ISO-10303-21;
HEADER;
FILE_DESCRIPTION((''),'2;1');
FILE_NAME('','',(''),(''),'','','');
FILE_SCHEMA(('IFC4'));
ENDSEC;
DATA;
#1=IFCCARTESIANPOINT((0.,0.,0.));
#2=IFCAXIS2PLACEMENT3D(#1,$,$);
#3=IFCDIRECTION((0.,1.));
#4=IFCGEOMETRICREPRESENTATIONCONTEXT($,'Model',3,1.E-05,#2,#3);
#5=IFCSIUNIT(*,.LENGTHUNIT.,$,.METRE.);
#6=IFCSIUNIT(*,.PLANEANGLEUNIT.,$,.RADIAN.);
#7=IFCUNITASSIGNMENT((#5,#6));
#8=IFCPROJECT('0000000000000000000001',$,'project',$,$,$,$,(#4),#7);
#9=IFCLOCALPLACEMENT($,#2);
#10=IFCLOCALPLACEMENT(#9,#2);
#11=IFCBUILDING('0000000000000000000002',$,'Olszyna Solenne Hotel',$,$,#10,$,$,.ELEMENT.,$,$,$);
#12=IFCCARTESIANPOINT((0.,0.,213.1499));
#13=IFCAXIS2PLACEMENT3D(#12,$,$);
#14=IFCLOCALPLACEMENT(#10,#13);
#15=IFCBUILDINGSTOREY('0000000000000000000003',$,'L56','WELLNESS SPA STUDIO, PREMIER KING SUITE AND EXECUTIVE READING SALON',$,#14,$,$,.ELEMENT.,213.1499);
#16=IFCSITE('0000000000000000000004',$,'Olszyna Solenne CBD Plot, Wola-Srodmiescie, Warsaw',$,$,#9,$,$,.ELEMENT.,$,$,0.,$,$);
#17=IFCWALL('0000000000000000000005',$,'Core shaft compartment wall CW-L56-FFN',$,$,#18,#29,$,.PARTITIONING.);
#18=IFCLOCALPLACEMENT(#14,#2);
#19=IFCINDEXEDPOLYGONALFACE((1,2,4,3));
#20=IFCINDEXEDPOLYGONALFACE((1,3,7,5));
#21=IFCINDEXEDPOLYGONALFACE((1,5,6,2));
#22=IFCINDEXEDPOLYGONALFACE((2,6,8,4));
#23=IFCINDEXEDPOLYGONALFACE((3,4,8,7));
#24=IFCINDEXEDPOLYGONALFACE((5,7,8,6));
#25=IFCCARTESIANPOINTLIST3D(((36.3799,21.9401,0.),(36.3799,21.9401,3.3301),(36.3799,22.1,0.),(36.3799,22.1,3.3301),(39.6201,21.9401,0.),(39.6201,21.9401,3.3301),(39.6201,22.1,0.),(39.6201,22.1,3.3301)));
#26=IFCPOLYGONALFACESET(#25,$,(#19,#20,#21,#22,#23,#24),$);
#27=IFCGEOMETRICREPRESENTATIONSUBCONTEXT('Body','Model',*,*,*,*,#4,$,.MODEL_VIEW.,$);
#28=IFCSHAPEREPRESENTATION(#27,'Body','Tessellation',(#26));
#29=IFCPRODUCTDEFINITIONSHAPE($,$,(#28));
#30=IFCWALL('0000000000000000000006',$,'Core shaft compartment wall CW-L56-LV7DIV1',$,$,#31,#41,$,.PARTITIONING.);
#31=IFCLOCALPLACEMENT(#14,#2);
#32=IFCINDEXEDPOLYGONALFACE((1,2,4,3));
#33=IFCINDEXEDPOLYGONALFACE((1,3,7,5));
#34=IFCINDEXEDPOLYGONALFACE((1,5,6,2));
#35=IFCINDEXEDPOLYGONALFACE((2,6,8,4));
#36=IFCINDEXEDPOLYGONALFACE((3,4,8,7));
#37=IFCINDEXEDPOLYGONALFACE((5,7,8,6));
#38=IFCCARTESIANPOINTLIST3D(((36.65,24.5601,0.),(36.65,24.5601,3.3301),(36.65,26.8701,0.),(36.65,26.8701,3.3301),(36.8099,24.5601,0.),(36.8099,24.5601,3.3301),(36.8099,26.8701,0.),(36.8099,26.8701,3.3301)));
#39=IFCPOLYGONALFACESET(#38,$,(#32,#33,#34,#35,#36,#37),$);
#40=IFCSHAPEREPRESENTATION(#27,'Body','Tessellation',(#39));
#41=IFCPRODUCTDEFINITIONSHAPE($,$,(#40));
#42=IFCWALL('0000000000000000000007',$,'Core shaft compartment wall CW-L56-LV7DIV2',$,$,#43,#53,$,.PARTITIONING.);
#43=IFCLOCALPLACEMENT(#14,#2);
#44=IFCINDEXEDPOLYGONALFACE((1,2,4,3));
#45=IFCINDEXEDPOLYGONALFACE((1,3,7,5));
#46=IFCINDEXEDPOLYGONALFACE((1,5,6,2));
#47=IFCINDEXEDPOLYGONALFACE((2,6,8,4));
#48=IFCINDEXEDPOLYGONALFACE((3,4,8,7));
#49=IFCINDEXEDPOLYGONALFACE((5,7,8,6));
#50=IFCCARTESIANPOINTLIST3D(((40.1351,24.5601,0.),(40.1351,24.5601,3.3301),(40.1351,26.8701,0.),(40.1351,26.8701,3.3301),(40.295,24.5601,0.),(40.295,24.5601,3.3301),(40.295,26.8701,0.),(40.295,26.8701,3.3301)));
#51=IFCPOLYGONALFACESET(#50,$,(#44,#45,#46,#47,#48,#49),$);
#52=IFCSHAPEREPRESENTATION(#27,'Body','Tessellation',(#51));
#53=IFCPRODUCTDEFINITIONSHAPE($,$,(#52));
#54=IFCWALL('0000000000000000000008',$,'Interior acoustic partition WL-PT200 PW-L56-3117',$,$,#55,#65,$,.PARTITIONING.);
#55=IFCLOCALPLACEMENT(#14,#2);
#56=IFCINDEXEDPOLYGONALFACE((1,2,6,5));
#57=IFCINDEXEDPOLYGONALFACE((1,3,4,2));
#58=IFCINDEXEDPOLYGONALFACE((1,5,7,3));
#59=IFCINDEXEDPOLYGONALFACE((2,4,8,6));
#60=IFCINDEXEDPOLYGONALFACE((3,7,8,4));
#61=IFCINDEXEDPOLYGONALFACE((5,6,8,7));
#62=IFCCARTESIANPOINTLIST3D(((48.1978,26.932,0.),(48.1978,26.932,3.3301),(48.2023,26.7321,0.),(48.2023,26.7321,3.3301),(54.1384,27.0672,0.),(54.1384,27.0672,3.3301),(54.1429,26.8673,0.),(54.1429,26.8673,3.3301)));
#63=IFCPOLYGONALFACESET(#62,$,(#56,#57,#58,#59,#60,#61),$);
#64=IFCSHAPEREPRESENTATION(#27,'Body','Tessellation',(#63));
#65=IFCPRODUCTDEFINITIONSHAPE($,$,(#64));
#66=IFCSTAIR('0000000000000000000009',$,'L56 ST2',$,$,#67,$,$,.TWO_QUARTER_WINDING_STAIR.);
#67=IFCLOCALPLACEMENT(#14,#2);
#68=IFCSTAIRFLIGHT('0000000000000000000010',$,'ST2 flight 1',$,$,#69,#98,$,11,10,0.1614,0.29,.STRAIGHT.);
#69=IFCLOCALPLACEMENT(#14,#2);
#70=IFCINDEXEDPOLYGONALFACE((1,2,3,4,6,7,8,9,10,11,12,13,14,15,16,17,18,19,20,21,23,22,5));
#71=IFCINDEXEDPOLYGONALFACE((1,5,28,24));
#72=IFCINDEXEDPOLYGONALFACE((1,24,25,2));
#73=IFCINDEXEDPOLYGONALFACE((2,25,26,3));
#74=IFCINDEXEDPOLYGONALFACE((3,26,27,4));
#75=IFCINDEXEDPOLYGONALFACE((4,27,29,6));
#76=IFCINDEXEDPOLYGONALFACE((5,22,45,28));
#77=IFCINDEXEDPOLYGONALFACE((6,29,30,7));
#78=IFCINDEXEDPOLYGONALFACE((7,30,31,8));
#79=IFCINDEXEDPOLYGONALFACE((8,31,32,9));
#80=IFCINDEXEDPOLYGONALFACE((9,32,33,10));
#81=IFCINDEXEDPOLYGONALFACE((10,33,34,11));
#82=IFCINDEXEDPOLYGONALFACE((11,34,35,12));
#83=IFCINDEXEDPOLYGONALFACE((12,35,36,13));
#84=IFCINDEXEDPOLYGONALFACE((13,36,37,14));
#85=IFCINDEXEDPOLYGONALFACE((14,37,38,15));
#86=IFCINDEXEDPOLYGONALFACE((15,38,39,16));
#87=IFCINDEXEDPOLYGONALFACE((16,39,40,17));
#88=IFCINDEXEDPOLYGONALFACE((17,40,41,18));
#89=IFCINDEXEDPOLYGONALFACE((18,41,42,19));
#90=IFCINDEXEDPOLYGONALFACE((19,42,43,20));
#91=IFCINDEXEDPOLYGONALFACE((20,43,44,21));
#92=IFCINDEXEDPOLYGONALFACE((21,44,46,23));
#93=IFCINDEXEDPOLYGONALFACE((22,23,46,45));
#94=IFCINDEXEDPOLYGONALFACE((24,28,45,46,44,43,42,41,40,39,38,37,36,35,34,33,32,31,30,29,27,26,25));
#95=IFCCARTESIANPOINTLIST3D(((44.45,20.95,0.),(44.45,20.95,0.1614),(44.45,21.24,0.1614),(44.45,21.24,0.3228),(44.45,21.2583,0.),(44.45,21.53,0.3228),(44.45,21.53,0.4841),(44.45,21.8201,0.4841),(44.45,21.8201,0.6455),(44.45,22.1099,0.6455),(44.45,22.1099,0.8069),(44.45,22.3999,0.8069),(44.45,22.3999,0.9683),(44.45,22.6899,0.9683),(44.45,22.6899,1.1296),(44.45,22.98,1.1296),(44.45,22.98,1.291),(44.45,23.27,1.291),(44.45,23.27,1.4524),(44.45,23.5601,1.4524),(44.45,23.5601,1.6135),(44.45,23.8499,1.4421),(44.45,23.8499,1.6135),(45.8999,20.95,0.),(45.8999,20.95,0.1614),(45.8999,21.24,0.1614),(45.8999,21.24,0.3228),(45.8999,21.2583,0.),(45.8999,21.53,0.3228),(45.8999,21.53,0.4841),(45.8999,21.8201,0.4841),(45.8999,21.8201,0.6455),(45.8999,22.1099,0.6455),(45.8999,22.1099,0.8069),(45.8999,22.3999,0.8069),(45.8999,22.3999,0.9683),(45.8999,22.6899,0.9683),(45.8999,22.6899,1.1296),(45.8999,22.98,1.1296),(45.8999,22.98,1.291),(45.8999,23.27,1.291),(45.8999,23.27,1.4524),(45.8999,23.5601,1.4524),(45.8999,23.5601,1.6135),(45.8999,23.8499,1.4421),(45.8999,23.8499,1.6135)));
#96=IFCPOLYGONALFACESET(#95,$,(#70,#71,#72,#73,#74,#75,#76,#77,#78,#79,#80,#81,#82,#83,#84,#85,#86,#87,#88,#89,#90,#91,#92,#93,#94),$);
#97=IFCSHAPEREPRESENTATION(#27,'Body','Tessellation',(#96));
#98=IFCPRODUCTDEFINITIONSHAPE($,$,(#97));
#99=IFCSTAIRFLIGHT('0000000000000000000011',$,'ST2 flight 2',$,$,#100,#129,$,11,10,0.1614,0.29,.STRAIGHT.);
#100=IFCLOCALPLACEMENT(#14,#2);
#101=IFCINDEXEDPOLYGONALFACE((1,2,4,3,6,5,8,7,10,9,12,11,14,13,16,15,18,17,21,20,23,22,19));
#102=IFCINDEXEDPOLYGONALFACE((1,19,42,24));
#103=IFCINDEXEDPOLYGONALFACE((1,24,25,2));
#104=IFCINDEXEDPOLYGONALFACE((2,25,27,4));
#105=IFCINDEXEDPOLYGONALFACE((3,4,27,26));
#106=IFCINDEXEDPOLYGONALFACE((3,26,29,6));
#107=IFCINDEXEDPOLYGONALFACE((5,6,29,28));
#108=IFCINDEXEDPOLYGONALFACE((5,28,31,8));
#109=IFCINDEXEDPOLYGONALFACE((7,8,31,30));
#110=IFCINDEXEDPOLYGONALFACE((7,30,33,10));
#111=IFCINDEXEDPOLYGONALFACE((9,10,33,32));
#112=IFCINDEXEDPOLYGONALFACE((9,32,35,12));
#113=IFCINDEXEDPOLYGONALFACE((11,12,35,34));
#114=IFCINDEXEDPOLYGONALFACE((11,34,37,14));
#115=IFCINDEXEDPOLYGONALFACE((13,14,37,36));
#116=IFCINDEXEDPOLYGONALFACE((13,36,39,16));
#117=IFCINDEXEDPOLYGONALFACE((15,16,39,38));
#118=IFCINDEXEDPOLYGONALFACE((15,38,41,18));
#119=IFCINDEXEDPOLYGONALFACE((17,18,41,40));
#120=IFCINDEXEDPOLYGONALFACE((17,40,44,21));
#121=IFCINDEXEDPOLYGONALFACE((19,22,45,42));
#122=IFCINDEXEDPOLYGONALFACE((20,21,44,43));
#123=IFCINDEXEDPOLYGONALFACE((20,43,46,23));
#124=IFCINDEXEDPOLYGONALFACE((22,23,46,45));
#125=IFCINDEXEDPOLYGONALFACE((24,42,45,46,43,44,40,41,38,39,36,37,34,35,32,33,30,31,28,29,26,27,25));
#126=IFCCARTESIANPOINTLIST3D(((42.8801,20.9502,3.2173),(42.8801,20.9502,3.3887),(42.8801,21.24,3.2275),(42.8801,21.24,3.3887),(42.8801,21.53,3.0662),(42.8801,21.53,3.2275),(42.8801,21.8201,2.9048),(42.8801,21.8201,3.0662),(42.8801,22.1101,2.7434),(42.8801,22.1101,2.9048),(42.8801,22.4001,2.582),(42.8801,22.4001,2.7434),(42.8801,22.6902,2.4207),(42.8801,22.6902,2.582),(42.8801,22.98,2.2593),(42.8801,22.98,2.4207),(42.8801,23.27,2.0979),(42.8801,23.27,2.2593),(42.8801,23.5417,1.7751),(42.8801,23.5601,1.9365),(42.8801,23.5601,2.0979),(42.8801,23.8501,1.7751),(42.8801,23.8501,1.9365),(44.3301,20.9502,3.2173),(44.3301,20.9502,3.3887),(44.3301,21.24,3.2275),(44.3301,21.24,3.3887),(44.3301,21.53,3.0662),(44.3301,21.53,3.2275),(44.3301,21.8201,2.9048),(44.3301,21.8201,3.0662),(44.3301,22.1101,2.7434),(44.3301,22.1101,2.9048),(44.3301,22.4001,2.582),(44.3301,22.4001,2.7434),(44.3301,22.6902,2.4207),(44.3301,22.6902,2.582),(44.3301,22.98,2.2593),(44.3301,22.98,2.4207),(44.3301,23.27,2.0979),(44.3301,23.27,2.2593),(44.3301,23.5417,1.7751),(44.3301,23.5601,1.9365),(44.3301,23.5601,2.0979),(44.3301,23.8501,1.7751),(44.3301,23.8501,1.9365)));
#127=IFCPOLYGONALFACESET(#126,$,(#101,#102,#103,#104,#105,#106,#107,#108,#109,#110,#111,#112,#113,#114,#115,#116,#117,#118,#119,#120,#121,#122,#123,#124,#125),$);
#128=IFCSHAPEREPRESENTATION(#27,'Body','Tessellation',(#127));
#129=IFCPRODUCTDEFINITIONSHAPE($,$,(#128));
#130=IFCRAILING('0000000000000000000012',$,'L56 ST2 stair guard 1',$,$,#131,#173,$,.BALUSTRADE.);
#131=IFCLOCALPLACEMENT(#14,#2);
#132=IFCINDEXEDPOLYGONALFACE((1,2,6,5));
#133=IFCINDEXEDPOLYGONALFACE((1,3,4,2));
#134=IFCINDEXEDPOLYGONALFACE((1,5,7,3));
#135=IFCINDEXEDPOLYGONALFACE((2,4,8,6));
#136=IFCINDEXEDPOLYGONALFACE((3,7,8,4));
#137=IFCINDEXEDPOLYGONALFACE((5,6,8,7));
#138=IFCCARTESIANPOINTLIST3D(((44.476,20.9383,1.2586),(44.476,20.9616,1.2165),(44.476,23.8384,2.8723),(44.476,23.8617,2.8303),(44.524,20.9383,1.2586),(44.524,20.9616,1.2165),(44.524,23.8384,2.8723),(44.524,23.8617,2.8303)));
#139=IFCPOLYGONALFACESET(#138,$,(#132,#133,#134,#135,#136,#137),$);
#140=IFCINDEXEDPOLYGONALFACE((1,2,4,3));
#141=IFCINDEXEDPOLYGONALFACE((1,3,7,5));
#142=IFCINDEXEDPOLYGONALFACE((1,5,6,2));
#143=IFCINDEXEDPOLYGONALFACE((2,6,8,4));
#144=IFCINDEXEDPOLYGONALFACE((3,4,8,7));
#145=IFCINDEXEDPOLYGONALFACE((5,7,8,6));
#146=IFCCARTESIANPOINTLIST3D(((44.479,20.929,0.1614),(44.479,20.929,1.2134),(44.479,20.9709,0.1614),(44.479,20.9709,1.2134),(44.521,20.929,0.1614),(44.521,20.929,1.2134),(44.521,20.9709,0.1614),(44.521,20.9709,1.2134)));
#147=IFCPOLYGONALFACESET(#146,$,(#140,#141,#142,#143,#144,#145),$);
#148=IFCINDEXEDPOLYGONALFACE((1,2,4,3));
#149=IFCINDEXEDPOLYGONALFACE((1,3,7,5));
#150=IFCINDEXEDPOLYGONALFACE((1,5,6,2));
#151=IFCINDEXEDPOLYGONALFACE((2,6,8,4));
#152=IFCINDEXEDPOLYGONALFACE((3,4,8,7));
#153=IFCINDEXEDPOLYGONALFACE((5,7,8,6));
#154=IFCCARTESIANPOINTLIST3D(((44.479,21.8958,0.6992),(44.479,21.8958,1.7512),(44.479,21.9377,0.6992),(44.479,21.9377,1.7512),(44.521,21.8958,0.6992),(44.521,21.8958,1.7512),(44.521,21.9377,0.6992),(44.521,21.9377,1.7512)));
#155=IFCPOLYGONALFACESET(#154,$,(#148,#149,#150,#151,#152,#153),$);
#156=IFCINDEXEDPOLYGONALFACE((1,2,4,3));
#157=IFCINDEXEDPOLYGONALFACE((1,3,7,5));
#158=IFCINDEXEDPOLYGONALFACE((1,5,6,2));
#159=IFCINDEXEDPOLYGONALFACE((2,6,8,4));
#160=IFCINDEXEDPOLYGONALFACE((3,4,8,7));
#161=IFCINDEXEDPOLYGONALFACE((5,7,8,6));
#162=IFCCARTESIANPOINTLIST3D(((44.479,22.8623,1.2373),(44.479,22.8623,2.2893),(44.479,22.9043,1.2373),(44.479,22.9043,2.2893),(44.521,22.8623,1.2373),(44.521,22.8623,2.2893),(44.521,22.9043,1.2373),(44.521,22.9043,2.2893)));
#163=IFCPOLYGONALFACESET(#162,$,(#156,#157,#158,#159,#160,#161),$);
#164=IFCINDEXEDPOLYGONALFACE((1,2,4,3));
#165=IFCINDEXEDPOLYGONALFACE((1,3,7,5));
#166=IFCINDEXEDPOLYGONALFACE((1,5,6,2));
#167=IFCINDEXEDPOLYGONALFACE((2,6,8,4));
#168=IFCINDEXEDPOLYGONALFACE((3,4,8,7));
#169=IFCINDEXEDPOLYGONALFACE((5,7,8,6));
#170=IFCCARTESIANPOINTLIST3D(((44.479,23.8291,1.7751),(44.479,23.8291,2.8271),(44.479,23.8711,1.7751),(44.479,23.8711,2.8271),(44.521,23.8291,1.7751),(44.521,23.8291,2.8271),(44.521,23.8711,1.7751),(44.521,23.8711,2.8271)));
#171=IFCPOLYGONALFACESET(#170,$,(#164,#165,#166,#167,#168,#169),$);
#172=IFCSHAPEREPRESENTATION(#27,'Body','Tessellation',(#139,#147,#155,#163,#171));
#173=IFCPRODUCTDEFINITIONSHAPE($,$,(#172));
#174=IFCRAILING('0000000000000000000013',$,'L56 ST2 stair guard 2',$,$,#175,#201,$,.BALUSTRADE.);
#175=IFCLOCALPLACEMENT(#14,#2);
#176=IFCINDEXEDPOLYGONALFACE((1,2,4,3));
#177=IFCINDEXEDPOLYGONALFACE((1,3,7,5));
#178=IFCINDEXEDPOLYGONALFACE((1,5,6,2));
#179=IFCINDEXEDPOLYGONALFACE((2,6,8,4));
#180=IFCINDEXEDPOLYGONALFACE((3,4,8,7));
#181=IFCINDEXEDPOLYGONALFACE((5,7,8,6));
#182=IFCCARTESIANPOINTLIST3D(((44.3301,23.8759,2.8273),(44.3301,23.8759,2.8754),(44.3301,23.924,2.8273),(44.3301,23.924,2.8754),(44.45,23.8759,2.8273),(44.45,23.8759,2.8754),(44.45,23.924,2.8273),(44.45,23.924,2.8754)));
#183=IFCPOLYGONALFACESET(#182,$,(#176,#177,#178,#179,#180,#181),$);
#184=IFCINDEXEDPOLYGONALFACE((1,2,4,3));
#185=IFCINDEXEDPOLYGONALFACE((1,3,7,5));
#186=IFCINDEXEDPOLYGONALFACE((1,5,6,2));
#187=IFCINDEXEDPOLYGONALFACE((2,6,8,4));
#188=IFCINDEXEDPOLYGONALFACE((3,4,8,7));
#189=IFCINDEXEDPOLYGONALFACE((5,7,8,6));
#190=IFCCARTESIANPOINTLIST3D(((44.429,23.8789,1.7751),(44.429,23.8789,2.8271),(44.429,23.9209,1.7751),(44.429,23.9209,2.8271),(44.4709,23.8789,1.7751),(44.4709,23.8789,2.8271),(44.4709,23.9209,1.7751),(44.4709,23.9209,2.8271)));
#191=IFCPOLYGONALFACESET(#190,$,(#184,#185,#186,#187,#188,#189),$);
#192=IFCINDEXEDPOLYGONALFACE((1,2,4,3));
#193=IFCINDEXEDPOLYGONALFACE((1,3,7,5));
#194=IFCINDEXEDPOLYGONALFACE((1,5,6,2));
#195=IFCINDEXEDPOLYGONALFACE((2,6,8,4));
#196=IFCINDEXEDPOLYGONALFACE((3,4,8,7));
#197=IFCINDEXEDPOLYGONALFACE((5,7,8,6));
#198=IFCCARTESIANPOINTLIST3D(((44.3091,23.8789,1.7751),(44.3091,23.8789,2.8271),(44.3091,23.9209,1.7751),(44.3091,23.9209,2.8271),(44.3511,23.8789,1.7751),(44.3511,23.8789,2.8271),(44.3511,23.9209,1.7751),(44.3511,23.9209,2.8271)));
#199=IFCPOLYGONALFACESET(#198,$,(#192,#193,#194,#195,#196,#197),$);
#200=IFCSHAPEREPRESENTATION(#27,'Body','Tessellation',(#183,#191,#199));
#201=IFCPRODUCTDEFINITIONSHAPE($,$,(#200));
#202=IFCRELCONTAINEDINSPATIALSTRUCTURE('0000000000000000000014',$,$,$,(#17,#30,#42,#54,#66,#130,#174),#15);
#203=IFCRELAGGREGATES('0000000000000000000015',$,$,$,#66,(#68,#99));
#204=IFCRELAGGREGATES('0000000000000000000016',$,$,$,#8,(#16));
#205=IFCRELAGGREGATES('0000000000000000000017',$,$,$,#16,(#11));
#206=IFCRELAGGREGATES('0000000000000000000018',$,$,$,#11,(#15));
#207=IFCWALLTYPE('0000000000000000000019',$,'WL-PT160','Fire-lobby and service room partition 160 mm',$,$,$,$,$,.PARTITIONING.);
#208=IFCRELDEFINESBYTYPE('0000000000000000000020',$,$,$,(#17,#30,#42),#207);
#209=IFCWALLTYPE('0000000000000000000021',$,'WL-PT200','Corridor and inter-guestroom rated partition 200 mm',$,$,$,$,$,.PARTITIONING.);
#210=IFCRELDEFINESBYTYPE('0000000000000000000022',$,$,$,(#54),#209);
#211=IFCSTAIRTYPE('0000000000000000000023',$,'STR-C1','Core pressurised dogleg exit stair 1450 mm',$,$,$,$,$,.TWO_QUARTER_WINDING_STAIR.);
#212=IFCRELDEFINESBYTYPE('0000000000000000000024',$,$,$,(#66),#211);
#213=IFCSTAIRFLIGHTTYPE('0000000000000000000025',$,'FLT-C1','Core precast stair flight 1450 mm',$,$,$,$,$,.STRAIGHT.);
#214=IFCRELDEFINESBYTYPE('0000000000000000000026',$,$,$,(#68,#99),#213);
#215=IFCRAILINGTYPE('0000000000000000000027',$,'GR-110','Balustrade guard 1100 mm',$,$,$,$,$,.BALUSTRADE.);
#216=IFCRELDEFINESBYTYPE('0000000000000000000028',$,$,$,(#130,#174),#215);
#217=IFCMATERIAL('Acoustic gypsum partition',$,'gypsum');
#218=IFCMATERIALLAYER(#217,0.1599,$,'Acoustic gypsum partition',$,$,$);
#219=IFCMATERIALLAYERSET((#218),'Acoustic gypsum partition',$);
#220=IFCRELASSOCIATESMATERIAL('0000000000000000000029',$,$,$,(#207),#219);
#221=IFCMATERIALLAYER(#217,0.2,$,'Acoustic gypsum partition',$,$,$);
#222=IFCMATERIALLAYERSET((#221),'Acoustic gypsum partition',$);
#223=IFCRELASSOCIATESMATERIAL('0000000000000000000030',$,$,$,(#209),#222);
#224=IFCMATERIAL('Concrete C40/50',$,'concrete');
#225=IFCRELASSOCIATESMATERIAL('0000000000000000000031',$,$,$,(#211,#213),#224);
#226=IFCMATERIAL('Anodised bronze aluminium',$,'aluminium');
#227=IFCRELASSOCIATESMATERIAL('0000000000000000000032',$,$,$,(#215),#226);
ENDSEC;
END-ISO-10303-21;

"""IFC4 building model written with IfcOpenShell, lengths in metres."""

from ifc_helpers import new_model, si_unit, direction, frame, frame_2d, origin, origin_2d, place, context, subcontext, project, spatial, polyline, rectangle, outline, extrude, material, layer, layer_set, type_object, element, aggregate, save


model = new_model("IFC4")

# Units and contexts
model_context = context("Model", 3, precision=1e-05, world=origin(), true_north=direction((0.0, 1.0)))
body_context = subcontext(model_context, "Body", "Model", "MODEL_VIEW")
ifc_project = project(units=[si_unit("LENGTHUNIT", "METRE"), si_unit("PLANEANGLEUNIT", "RADIAN")], contexts=[model_context])

# Site, building, storey
site_placement = place(None, origin())
site = spatial("IfcSite", under=ifc_project, at=site_placement, Name="Olszyna Solenne CBD Plot, Wola-Srodmiescie, Warsaw", CompositionType="ELEMENT", RefElevation=0.0)
building_placement = place(site_placement, origin())
building = spatial("IfcBuilding", under=site, at=building_placement, Name="Olszyna Solenne Hotel", CompositionType="ELEMENT")
storey_placement = place(building_placement, frame((0.0, 0.0, 213.1499)))
storey = spatial("IfcBuildingStorey", under=building, at=storey_placement, Name="L56", Description="WELLNESS SPA STUDIO, PREMIER KING SUITE AND EXECUTIVE READING SALON", CompositionType="ELEMENT", Elevation=213.1499)

# Shared definitions
ifc_material_1 = material(Name="Anodised bronze aluminium", Category="aluminium")

# Shared definitions
ifc_material_2 = material(Name="Acoustic gypsum partition", Category="gypsum")

# Shared definitions
ifc_layer_1 = layer(ifc_material_2, 0.1599, Name="Acoustic gypsum partition")
ifc_layer_set_1 = layer_set([ifc_layer_1], Name="Acoustic gypsum partition")
wall_type_1 = type_object("IfcWallType", Name="WL-PT160", Description="Fire-lobby and service room partition 160 mm", PredefinedType="PARTITIONING", material=ifc_layer_set_1)

# Walls
wall_1_placement = place(storey_placement, frame((36.3799, 22.02, 0.0), z_axis=(0.0, 0.0, 1.0), x_axis=(1.0, 0.0, 0.0)))
element("IfcWall", 1, at=wall_1_placement, inside=storey, type_object=wall_type_1, Name="Core shaft compartment wall CW-L56-FFN", PredefinedType="PARTITIONING", context=body_context, shape_type="SweptSolid", body=[
    extrude(rectangle(XDim=3.2402, YDim=0.1599, at=frame_2d((1.6201, 0.0))), origin(), (0.0, 0.0, 1.0), 3.3301),
])
for number, where, z_axis, x_axis, name in (
    (2, (36.73, 24.5601, 0.0), (0.0, 0.0, 1.0), (0.0, 1.0, 0.0), "Core shaft compartment wall CW-L56-LV7DIV1"),
    (3, (40.2151, 24.5601, 0.0), (0.0, 0.0, 1.0), (0.0, 1.0, 0.0), "Core shaft compartment wall CW-L56-LV7DIV2"),
):
    element("IfcWall", number, at=place(storey_placement, frame(where, z_axis=z_axis, x_axis=x_axis)), inside=storey, type_object=wall_type_1, Name=name, PredefinedType="PARTITIONING", context=body_context, shape_type="SweptSolid", body=[
        extrude(rectangle(XDim=2.3101, YDim=0.1599, at=frame_2d((1.155, 0.0))), origin(), (0.0, 0.0, 1.0), 3.3301),
    ])
ifc_layer_2 = layer(ifc_material_2, 0.2, Name="Acoustic gypsum partition")
ifc_layer_set_2 = layer_set([ifc_layer_2], Name="Acoustic gypsum partition")
wall_type_2 = type_object("IfcWallType", Name="WL-PT200", Description="Corridor and inter-guestroom rated partition 200 mm", PredefinedType="PARTITIONING", material=ifc_layer_set_2)
wall_2_placement = place(storey_placement, frame((48.2, 26.832, 0.0), z_axis=(0.0, 0.0, 1.0), x_axis=(0.999741, 0.022762, 0.0)))
element("IfcWall", 4, at=wall_2_placement, inside=storey, type_object=wall_type_2, Name="Interior acoustic partition WL-PT200 PW-L56-3117", PredefinedType="PARTITIONING", context=body_context, shape_type="SweptSolid", body=[
    extrude(rectangle(XDim=5.9421, YDim=0.2, at=frame_2d((2.9712, 0.0))), origin(), (0.0, 0.0, 1.0), 3.3301),
])

# Stair, stair flights
ifc_material_3 = material(Name="Concrete C40/50", Category="concrete")
stair_type = type_object("IfcStairType", Name="STR-C1", Description="Core pressurised dogleg exit stair 1450 mm", PredefinedType="TWO_QUARTER_WINDING_STAIR", material=ifc_material_3)
stair_placement = place(storey_placement, origin())
stair = element("IfcStair", 5, at=stair_placement, inside=storey, type_object=stair_type, Name="L56 ST2", PredefinedType="TWO_QUARTER_WINDING_STAIR")
stair_flight_type = type_object("IfcStairFlightType", Name="FLT-C1", Description="Core precast stair flight 1450 mm", PredefinedType="STRAIGHT", material=ifc_material_3)
stair_flight_1_placement = place(storey_placement, frame((45.175, 20.95, 0.0), z_axis=(0.0, 0.0, 1.0), x_axis=(0.0, 1.0, 0.0)))
stair_flight_1 = element("IfcStairFlight", 6, at=stair_flight_1_placement, type_object=stair_flight_type, Name="ST2 flight 1", NumberOfRisers=11, NumberOfTreads=10, PredefinedType="STRAIGHT", RiserHeight=0.1614, TreadLength=0.29, context=body_context, shape_type="SweptSolid", body=[
    extrude(outline(polyline([(0.0, 0.0), (0.0, 0.1614), (0.29, 0.1614), (0.29, 0.3228), (0.5801, 0.3228), (0.5801, 0.4841), (0.8701, 0.4841), (0.8701, 0.6455), (1.1599, 0.6455), (1.1599, 0.8069), (1.45, 0.8069), (1.45, 0.9683), (1.74, 0.9683), (1.74, 1.1296), (2.03, 1.1296), (2.03, 1.291), (2.3201, 1.291), (2.3201, 1.4524), (2.6101, 1.4524), (2.6101, 1.6135), (2.8999, 1.6135), (2.8999, 1.7749), (2.8999, 1.4421), (0.3083, 0.0), (0.0, 0.0)])), frame((0.0, 0.7251, 0.0), z_axis=(0.0, -1.0, 0.0), x_axis=(1.0, 0.0, 0.0)), (0.0, 0.0, 1.0), 1.45),
])
stair_flight_2_placement = place(storey_placement, frame((43.605, 23.8501, 1.7751), z_axis=(0.0, 0.0, 1.0), x_axis=(0.0, -1.0, 0.0)))
stair_flight_2 = element("IfcStairFlight", 7, at=stair_flight_2_placement, type_object=stair_flight_type, Name="ST2 flight 2", NumberOfRisers=11, NumberOfTreads=10, PredefinedType="STRAIGHT", RiserHeight=0.1614, TreadLength=0.29, context=body_context, shape_type="SweptSolid", body=[
    extrude(outline(polyline([(0.0, 0.0), (0.0, 0.1614), (0.29, 0.1614), (0.29, 0.3228), (0.5801, 0.3228), (0.5801, 0.4841), (0.8701, 0.4841), (0.8701, 0.6455), (1.1599, 0.6455), (1.1599, 0.8069), (1.45, 0.8069), (1.45, 0.9683), (1.74, 0.9683), (1.74, 1.1296), (2.03, 1.1296), (2.03, 1.291), (2.3201, 1.291), (2.3201, 1.4524), (2.6101, 1.4524), (2.6101, 1.6135), (2.8999, 1.6135), (2.8999, 1.7749), (2.8999, 1.4421), (0.3083, 0.0), (0.0, 0.0)])), frame((0.0, 0.7251, 0.0), z_axis=(0.0, -1.0, 0.0), x_axis=(1.0, 0.0, 0.0)), (0.0, 0.0, 1.0), 1.45),
])
aggregate(stair, [stair_flight_1, stair_flight_2])

# Railings
railing_type_1 = type_object("IfcRailingType", Name="GR-110", Description="Balustrade guard 1100 mm", PredefinedType="BALUSTRADE", material=ifc_material_1)
railing_1_placement = place(storey_placement, frame((44.5, 20.95, 0.1614)))
element("IfcRailing", 8, at=railing_1_placement, inside=storey, type_object=railing_type_1, Name="L56 ST2 stair guard 1", PredefinedType="BALUSTRADE", context=body_context, shape_type="SweptSolid", body=[
    extrude(rectangle(XDim=0.0481, YDim=0.0481, at=origin_2d()), frame((0.0, 0.0, 1.0762), z_axis=(0.0, 0.873827, 0.486236), x_axis=(-1.0, 0.0, 0.0)), (0.0, 0.0, 1.0), 3.3188),
    extrude(rectangle(XDim=0.042, YDim=0.042, at=origin_2d()), origin(), (0.0, 0.0, 1.0), 1.052),
    extrude(rectangle(XDim=0.042, YDim=0.042, at=origin_2d()), frame((0.0, 0.9668, 0.5378)), (0.0, 0.0, 1.0), 1.052),
    extrude(rectangle(XDim=0.042, YDim=0.042, at=origin_2d()), frame((0.0, 1.9333, 1.0759)), (0.0, 0.0, 1.0), 1.052),
    extrude(rectangle(XDim=0.042, YDim=0.042, at=origin_2d()), frame((0.0, 2.9001, 1.6138)), (0.0, 0.0, 1.0), 1.052),
])
railing_2_placement = place(storey_placement, frame((44.45, 23.8999, 1.7751)))
element("IfcRailing", 9, at=railing_2_placement, inside=storey, type_object=railing_type_1, Name="L56 ST2 stair guard 2", PredefinedType="BALUSTRADE", context=body_context, shape_type="SweptSolid", body=[
    extrude(rectangle(XDim=0.0481, YDim=0.0481, at=origin_2d()), frame((0.0, 0.0, 1.0762), z_axis=(-1.0, 0.0, 0.0), x_axis=(0.0, -1.0, 0.0)), (0.0, 0.0, 1.0), 0.1199),
    extrude(rectangle(XDim=0.042, YDim=0.042, at=origin_2d()), origin(), (0.0, 0.0, 1.0), 1.052),
    extrude(rectangle(XDim=0.042, YDim=0.042, at=origin_2d()), frame((-0.1199, 0.0, 0.0)), (0.0, 0.0, 1.0), 1.052),
])

save(model, "model.ifc")
